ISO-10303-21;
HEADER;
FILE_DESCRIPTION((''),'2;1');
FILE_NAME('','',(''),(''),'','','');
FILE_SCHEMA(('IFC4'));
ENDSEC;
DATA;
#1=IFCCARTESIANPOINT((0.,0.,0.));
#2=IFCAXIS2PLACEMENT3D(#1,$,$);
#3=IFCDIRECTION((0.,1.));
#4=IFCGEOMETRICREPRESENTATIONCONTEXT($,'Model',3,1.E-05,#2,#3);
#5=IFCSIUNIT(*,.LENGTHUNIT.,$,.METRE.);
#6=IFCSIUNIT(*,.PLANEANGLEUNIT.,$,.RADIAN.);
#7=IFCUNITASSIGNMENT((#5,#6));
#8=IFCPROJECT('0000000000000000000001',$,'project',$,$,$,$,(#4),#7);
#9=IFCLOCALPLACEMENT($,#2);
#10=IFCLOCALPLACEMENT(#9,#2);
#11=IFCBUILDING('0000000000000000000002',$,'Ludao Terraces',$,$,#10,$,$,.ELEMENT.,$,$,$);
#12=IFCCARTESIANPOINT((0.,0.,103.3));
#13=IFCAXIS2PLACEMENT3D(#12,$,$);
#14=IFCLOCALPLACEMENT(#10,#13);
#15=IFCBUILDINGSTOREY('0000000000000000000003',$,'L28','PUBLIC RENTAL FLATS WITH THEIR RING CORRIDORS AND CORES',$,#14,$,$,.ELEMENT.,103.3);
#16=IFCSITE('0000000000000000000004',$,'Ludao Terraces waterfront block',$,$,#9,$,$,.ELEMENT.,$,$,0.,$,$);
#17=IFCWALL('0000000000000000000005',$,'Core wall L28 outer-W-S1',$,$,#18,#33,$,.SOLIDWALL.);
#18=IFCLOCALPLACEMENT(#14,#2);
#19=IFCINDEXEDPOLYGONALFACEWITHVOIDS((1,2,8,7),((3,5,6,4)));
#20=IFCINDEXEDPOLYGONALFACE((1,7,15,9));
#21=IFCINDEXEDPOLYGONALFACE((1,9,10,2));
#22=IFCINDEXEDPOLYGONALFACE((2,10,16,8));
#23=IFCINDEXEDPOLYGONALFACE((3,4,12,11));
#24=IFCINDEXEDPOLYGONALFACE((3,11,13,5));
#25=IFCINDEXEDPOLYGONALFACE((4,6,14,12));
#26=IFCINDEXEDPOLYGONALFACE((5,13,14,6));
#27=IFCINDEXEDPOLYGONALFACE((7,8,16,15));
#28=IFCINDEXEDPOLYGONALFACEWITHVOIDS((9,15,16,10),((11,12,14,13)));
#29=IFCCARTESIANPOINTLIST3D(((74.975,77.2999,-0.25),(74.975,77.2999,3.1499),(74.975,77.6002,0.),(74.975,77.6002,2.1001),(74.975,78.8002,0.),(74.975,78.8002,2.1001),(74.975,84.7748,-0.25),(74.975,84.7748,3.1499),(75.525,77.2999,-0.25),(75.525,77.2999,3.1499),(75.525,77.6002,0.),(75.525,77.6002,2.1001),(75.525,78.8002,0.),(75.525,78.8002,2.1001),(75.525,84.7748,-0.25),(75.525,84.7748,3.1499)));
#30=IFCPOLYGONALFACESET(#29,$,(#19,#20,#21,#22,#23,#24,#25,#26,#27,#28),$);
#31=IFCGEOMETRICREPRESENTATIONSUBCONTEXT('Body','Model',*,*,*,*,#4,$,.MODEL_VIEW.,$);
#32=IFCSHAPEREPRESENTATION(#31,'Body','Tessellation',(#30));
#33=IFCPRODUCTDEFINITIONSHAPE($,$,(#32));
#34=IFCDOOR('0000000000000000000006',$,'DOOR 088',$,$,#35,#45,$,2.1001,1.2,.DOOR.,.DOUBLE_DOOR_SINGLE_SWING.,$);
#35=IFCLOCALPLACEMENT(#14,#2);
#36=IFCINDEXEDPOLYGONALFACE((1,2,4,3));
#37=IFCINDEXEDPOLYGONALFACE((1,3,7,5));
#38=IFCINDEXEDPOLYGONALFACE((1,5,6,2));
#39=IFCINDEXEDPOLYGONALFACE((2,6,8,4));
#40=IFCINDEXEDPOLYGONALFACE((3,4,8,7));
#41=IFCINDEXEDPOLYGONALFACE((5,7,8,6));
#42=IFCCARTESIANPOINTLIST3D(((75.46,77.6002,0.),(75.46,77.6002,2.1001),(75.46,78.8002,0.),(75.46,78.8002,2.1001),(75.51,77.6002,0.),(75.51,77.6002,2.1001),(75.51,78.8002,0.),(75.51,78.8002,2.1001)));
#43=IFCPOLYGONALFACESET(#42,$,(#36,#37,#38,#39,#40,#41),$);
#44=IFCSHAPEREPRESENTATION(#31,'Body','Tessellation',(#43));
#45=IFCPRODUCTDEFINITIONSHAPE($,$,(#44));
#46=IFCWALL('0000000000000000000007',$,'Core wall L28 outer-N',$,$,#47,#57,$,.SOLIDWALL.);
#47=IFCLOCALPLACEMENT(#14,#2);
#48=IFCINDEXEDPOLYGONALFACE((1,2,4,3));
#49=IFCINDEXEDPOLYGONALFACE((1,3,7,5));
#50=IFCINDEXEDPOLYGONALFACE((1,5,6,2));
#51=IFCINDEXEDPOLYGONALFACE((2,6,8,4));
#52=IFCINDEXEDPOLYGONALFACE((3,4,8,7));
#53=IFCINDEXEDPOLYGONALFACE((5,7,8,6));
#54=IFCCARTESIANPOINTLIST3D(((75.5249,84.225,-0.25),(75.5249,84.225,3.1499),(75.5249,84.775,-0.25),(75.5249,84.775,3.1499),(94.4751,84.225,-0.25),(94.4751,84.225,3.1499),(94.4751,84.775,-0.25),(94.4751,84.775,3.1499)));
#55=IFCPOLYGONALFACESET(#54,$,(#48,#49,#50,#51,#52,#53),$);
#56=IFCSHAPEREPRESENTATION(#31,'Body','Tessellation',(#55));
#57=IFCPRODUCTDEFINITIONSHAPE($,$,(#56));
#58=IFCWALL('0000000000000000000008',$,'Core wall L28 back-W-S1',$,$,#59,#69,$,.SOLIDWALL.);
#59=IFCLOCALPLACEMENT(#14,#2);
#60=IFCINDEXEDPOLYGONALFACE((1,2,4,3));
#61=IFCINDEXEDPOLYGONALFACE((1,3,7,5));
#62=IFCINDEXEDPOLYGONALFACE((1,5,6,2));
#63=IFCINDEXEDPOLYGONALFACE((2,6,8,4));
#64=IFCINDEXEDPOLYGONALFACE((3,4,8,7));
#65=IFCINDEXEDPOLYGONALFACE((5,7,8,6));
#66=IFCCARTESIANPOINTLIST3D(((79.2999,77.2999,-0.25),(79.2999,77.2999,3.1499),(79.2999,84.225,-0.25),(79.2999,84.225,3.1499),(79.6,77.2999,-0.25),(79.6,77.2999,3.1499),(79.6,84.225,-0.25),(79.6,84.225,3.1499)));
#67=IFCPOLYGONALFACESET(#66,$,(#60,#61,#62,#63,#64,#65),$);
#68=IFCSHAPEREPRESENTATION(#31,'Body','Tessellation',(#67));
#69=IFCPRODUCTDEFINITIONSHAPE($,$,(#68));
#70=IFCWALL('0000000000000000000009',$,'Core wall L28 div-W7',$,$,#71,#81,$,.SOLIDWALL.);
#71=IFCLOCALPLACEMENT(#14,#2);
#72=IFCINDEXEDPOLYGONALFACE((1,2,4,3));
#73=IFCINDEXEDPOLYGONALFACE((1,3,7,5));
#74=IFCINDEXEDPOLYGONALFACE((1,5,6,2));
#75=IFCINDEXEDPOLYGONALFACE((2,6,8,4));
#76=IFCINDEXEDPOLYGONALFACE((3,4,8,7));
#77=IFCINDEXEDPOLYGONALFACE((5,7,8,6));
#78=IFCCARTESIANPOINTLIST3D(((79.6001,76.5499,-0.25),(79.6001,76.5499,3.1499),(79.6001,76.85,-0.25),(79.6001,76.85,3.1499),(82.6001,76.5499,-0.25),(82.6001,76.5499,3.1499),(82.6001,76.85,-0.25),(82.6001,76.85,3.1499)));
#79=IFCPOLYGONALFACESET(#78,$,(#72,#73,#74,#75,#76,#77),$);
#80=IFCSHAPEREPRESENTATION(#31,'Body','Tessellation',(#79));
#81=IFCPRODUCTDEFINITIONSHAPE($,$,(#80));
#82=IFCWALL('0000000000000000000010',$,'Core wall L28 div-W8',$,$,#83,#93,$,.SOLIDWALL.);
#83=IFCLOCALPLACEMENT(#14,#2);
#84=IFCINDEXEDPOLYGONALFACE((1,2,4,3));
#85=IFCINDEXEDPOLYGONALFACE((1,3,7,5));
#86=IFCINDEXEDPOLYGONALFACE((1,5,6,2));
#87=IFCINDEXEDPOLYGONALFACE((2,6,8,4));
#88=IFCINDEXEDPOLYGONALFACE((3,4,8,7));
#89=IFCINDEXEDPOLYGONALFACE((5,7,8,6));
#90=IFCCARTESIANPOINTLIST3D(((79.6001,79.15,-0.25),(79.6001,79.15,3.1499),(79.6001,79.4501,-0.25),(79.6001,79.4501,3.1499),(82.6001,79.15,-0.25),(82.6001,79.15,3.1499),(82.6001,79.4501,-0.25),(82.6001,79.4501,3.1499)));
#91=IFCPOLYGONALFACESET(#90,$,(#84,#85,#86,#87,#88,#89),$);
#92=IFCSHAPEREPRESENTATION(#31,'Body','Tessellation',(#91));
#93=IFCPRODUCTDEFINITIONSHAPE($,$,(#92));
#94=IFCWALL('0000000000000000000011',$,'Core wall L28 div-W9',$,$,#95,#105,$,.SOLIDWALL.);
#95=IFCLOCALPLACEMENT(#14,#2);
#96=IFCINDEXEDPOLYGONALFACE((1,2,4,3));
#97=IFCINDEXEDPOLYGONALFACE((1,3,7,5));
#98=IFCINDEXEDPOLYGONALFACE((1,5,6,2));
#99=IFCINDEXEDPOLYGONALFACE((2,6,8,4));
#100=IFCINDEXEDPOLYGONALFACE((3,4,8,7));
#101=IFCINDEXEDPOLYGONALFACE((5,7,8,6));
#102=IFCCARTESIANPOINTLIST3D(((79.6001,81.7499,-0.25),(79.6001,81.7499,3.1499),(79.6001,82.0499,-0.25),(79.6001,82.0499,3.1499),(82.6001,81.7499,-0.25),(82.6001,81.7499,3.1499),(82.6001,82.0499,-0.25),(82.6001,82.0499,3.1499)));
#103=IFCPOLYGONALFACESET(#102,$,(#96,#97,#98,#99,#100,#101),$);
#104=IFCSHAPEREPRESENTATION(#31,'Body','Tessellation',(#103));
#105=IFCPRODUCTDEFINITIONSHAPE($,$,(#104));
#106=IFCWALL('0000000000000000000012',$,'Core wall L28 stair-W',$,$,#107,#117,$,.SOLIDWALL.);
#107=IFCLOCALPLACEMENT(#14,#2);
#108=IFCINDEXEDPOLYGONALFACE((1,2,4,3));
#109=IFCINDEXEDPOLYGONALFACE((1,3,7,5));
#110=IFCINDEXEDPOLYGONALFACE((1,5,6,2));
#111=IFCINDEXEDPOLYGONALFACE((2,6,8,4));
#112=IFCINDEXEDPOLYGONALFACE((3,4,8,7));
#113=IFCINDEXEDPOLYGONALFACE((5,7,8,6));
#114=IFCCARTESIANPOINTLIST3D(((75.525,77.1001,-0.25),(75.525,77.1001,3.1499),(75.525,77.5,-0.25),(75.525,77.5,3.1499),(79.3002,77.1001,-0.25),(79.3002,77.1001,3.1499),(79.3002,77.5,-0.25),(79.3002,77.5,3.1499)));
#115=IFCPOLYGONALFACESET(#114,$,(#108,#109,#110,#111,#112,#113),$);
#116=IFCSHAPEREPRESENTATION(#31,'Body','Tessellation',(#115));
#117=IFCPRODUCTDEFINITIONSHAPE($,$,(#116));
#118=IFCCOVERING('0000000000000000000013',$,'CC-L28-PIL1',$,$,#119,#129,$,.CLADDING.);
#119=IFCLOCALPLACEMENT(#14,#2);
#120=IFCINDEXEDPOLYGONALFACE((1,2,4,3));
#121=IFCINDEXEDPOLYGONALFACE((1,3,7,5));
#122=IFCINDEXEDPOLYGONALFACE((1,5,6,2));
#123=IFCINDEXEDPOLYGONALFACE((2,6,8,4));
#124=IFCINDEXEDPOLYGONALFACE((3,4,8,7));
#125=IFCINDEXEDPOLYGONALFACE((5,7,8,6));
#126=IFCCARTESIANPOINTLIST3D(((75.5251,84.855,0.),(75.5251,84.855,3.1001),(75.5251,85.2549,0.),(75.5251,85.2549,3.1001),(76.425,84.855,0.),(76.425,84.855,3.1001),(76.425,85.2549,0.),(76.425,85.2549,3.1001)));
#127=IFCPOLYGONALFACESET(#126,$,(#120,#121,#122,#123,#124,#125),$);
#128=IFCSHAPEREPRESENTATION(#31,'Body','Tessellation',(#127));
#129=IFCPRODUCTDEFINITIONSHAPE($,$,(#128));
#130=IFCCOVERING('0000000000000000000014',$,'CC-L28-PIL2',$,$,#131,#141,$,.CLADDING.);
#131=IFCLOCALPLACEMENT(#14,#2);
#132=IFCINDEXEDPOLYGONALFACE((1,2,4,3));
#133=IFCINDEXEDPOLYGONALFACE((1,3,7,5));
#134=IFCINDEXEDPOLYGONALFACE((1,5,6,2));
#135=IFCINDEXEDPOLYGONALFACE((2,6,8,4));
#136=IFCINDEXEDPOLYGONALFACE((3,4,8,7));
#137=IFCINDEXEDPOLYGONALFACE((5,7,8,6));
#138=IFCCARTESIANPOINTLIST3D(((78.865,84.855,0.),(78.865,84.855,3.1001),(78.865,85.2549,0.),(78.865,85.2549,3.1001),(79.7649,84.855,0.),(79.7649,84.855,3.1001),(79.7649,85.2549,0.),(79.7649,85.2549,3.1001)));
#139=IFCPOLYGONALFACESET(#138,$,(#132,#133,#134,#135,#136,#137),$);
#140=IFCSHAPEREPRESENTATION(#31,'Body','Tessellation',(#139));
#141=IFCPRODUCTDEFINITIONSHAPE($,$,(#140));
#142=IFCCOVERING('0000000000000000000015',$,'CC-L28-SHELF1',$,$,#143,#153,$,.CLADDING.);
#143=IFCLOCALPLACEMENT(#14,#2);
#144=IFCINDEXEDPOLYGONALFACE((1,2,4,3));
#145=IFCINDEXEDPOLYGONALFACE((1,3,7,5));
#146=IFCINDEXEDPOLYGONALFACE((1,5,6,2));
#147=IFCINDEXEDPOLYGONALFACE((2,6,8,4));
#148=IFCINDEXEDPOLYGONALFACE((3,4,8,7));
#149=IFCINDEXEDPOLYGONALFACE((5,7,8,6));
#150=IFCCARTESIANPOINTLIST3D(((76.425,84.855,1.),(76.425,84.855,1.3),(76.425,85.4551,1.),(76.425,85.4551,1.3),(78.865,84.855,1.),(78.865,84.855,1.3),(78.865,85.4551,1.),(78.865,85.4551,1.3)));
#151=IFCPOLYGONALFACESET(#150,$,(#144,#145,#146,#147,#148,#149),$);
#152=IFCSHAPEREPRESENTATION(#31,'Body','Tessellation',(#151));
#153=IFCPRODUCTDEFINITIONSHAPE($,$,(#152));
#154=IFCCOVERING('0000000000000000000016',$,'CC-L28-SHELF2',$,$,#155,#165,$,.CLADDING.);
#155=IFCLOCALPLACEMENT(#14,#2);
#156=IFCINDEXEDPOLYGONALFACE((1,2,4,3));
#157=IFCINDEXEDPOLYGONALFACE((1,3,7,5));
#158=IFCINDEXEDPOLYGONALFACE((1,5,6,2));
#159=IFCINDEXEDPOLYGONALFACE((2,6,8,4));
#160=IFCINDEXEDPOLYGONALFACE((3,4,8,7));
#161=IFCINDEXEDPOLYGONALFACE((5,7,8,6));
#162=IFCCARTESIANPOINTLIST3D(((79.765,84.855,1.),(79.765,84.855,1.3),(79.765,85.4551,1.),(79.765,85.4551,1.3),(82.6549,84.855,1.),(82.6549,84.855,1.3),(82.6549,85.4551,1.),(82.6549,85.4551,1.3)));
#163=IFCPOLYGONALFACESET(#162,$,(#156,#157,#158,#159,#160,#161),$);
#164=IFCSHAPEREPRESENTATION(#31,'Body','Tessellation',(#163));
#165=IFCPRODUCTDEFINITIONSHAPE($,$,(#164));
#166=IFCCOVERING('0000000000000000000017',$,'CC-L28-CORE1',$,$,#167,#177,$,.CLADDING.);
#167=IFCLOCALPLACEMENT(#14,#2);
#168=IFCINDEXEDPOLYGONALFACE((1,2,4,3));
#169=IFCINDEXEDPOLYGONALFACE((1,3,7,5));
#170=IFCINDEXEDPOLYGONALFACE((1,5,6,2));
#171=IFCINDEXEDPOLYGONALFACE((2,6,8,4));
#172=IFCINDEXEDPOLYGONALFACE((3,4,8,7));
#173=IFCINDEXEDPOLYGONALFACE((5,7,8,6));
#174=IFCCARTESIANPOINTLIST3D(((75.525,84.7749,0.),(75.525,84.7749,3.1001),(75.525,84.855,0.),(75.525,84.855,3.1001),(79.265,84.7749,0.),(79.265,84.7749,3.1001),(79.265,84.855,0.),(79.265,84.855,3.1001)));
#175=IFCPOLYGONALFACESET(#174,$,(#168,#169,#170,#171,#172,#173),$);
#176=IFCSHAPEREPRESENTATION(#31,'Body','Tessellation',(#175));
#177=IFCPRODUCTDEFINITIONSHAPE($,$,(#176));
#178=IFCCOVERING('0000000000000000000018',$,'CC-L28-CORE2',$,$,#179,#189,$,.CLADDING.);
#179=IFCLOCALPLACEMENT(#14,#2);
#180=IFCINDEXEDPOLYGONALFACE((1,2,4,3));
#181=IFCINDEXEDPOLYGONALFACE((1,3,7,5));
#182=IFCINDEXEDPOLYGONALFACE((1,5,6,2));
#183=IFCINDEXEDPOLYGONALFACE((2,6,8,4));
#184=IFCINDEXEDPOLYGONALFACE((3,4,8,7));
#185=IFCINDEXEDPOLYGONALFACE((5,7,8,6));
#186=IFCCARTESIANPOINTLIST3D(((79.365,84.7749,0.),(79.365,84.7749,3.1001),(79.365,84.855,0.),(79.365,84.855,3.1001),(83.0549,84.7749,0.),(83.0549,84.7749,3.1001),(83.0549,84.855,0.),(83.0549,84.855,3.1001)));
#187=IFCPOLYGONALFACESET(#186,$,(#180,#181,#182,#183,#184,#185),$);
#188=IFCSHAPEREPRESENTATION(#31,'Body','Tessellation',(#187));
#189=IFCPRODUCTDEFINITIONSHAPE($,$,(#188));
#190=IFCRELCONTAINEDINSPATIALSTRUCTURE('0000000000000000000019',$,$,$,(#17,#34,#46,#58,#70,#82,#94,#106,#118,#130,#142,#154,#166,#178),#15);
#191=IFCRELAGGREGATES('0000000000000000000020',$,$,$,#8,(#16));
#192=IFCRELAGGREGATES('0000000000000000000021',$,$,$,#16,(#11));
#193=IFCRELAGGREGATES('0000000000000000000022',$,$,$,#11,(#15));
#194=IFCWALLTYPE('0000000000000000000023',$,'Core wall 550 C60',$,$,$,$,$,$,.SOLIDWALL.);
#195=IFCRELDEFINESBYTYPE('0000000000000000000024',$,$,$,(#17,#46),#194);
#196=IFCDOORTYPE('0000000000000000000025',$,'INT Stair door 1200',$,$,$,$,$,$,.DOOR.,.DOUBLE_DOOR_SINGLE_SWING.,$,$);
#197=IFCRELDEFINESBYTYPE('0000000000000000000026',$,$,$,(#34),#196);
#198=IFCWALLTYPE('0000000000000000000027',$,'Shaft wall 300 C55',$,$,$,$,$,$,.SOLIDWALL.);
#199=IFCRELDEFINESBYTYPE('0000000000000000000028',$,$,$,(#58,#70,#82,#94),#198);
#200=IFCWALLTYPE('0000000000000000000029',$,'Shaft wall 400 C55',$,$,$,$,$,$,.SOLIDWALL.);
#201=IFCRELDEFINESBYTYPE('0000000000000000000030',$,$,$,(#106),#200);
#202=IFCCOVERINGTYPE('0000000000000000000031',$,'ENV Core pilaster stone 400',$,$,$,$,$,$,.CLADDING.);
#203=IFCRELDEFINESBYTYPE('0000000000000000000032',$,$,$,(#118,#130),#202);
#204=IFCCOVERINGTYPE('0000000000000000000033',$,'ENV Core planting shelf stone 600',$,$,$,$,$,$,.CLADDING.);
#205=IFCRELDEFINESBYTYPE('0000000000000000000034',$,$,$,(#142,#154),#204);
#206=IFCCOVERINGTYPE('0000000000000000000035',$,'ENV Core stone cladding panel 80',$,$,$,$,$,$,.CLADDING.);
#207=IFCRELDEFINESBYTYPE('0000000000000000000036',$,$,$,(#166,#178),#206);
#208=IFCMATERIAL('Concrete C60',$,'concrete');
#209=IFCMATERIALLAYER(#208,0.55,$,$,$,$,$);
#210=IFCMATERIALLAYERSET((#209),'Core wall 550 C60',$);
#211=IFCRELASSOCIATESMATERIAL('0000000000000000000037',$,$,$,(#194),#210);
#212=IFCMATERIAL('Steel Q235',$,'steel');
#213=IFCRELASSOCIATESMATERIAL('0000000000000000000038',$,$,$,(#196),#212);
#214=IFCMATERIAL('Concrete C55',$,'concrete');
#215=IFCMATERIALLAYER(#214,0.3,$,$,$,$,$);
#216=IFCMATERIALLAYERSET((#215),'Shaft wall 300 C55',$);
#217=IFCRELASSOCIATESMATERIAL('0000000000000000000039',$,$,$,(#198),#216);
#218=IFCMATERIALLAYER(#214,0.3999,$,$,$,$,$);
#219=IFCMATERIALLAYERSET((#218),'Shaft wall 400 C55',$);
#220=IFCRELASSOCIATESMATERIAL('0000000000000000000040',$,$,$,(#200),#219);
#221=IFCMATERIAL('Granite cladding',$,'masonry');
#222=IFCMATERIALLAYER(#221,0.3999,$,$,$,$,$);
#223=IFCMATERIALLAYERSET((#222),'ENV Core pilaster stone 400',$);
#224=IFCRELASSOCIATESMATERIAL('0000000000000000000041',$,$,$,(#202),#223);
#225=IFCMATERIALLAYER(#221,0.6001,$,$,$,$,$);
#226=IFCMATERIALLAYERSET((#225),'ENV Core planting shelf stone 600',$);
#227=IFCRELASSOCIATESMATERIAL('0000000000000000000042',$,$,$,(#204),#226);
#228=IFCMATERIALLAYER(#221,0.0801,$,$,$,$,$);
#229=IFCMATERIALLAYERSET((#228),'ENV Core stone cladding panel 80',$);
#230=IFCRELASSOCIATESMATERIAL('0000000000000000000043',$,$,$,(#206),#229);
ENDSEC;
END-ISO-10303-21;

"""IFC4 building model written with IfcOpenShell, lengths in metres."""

from ifc_helpers import new_model, si_unit, direction, frame, frame_2d, origin, origin_2d, place, context, subcontext, project, spatial, rectangle, extrude, material, layer, layer_set, type_object, element, fill, save


model = new_model("IFC4")

# Units and contexts
model_context = context("Model", 3, precision=1e-05, world=origin(), true_north=direction((0.0, 1.0)))
body_context = subcontext(model_context, "Body", "Model", "MODEL_VIEW")
ifc_project = project(units=[si_unit("LENGTHUNIT", "METRE"), si_unit("PLANEANGLEUNIT", "RADIAN")], contexts=[model_context])

# Site, building, storey
site_placement = place(None, origin())
site = spatial("IfcSite", under=ifc_project, at=site_placement, Name="Ludao Terraces waterfront block", CompositionType="ELEMENT", RefElevation=0.0)
building_placement = place(site_placement, origin())
building = spatial("IfcBuilding", under=site, at=building_placement, Name="Ludao Terraces", CompositionType="ELEMENT")
storey_placement = place(building_placement, frame((0.0, 0.0, 103.3)))
storey = spatial("IfcBuildingStorey", under=building, at=storey_placement, Name="L28", Description="PUBLIC RENTAL FLATS WITH THEIR RING CORRIDORS AND CORES", CompositionType="ELEMENT", Elevation=103.3)

# Wall, opening, door
ifc_material_1 = material(Name="Concrete C60", Category="concrete")
ifc_layer_1 = layer(ifc_material_1, 0.55)
ifc_layer_set_1 = layer_set([ifc_layer_1], Name="Core wall 550 C60")
wall_type_1 = type_object("IfcWallType", Name="Core wall 550 C60", PredefinedType="SOLIDWALL", material=ifc_layer_set_1)
wall_1_placement = place(storey_placement, frame((75.25, 77.3, -0.25), z_axis=(0.0, 0.0, 1.0), x_axis=(0.0, 1.0, 0.0)))
wall_1 = element("IfcWall", 1, at=wall_1_placement, inside=storey, type_object=wall_type_1, Name="Core wall L28 outer-W-S1", PredefinedType="SOLIDWALL", context=body_context, shape_type="SweptSolid", body=[
    extrude(rectangle(XDim=7.4749, YDim=0.55, at=frame_2d((3.7373, 0.0))), origin(), (0.0, 0.0, 1.0), 3.3999),
])
opening_placement = place(wall_1_placement, frame((0.3, 0.0, 0.25)))
opening = element("IfcOpeningElement", 2, at=opening_placement, cuts=wall_1, PredefinedType="OPENING", context=body_context, shape_type="SweptSolid", body=[
    extrude(rectangle(XDim=1.2, YDim=2.1001, at=frame_2d((0.6001, 1.05))), frame((0.0, 0.2852, 0.0), z_axis=(0.0, -1.0, 0.0), x_axis=(1.0, 0.0, 0.0)), (0.0, 0.0, 1.0), 0.5701),
])
ifc_material_2 = material(Name="Steel Q235", Category="steel")
door_type = type_object("IfcDoorType", Name="INT Stair door 1200", OperationType="DOUBLE_DOOR_SINGLE_SWING", PredefinedType="DOOR", material=ifc_material_2)
door_placement = place(opening_placement, origin())
door = element("IfcDoor", 3, at=door_placement, inside=storey, type_object=door_type, Name="DOOR 088", OperationType="DOUBLE_DOOR_SINGLE_SWING", OverallHeight=2.1001, OverallWidth=1.2, PredefinedType="DOOR", context=body_context, shape_type="SweptSolid", body=[
    extrude(rectangle(XDim=1.2, YDim=2.1001, at=frame_2d((0.6001, 1.05))), frame((0.0, -0.21, 0.0), z_axis=(0.0, -1.0, 0.0), x_axis=(1.0, 0.0, 0.0)), (0.0, 0.0, 1.0), 0.05),
])
fill(opening, door)

# Walls
wall_2_placement = place(storey_placement, frame((75.5249, 84.5, -0.25), z_axis=(0.0, 0.0, 1.0), x_axis=(1.0, 0.0, 0.0)))
element("IfcWall", 4, at=wall_2_placement, inside=storey, type_object=wall_type_1, Name="Core wall L28 outer-N", PredefinedType="SOLIDWALL", context=body_context, shape_type="SweptSolid", body=[
    extrude(rectangle(XDim=18.9502, YDim=0.55, at=frame_2d((9.4751, 0.0))), origin(), (0.0, 0.0, 1.0), 3.3999),
])
ifc_material_3 = material(Name="Concrete C55", Category="concrete")
ifc_layer_2 = layer(ifc_material_3, 0.3)
ifc_layer_set_2 = layer_set([ifc_layer_2], Name="Shaft wall 300 C55")
wall_type_2 = type_object("IfcWallType", Name="Shaft wall 300 C55", PredefinedType="SOLIDWALL", material=ifc_layer_set_2)
wall_3_placement = place(storey_placement, frame((79.45, 77.3, -0.25), z_axis=(0.0, 0.0, 1.0), x_axis=(0.0, 1.0, 0.0)))
element("IfcWall", 5, at=wall_3_placement, inside=storey, type_object=wall_type_2, Name="Core wall L28 back-W-S1", PredefinedType="SOLIDWALL", context=body_context, shape_type="SweptSolid", body=[
    extrude(rectangle(XDim=6.925, YDim=0.3, at=frame_2d((3.4624, 0.0))), origin(), (0.0, 0.0, 1.0), 3.3999),
])
for number, where, z_axis, x_axis, name in (
    (6, (79.6001, 76.7, -0.25), (0.0, 0.0, 1.0), (1.0, 0.0, 0.0), "Core wall L28 div-W7"),
    (7, (79.6001, 79.3, -0.25), (0.0, 0.0, 1.0), (1.0, 0.0, 0.0), "Core wall L28 div-W8"),
    (8, (79.6001, 81.8999, -0.25), (0.0, 0.0, 1.0), (1.0, 0.0, 0.0), "Core wall L28 div-W9"),
):
    element("IfcWall", number, at=place(storey_placement, frame(where, z_axis=z_axis, x_axis=x_axis)), inside=storey, type_object=wall_type_2, Name=name, PredefinedType="SOLIDWALL", context=body_context, shape_type="SweptSolid", body=[
        extrude(rectangle(XDim=3.0, YDim=0.3, at=frame_2d((1.5, 0.0))), origin(), (0.0, 0.0, 1.0), 3.3999),
    ])
ifc_layer_3 = layer(ifc_material_3, 0.3999)
ifc_layer_set_3 = layer_set([ifc_layer_3], Name="Shaft wall 400 C55")
wall_type_3 = type_object("IfcWallType", Name="Shaft wall 400 C55", PredefinedType="SOLIDWALL", material=ifc_layer_set_3)
wall_4_placement = place(storey_placement, frame((75.5249, 77.3, -0.25), z_axis=(0.0, 0.0, 1.0), x_axis=(1.0, 0.0, 0.0)))
element("IfcWall", 9, at=wall_4_placement, inside=storey, type_object=wall_type_3, Name="Core wall L28 stair-W", PredefinedType="SOLIDWALL", context=body_context, shape_type="SweptSolid", body=[
    extrude(rectangle(XDim=3.7751, YDim=0.3999, at=frame_2d((1.8877, 0.0))), origin(), (0.0, 0.0, 1.0), 3.3999),
])

# Coverings
ifc_material_4 = material(Name="Granite cladding", Category="masonry")
ifc_layer_4 = layer(ifc_material_4, 0.3999)
ifc_layer_set_4 = layer_set([ifc_layer_4], Name="ENV Core pilaster stone 400")
covering_type_1 = type_object("IfcCoveringType", Name="ENV Core pilaster stone 400", PredefinedType="CLADDING", material=ifc_layer_set_4)
for number, where, z_axis, x_axis, name in (
    (10, (75.9751, 85.0549, 0.0), (0.0, 0.0, 1.0), (1.0, 0.0, 0.0), "CC-L28-PIL1"),
    (11, (79.3149, 85.0549, 0.0), (0.0, 0.0, 1.0), (1.0, 0.0, 0.0), "CC-L28-PIL2"),
):
    element("IfcCovering", number, at=place(storey_placement, frame(where, z_axis=z_axis, x_axis=x_axis)), inside=storey, type_object=covering_type_1, Name=name, PredefinedType="CLADDING", context=body_context, shape_type="SweptSolid", body=[
        extrude(rectangle(XDim=0.8999, YDim=0.3999, at=origin_2d()), origin(), (0.0, 0.0, 1.0), 3.1001),
    ])
ifc_layer_5 = layer(ifc_material_4, 0.6001)
ifc_layer_set_5 = layer_set([ifc_layer_5], Name="ENV Core planting shelf stone 600")
covering_type_2 = type_object("IfcCoveringType", Name="ENV Core planting shelf stone 600", PredefinedType="CLADDING", material=ifc_layer_set_5)
covering_1_placement = place(storey_placement, frame((77.645, 85.155, 1.0), z_axis=(0.0, 0.0, 1.0), x_axis=(1.0, 0.0, 0.0)))
element("IfcCovering", 12, at=covering_1_placement, inside=storey, type_object=covering_type_2, Name="CC-L28-SHELF1", PredefinedType="CLADDING", context=body_context, shape_type="SweptSolid", body=[
    extrude(rectangle(XDim=2.4399, YDim=0.6001, at=origin_2d()), origin(), (0.0, 0.0, 1.0), 0.3),
])
covering_2_placement = place(storey_placement, frame((81.21, 85.155, 1.0), z_axis=(0.0, 0.0, 1.0), x_axis=(1.0, 0.0, 0.0)))
element("IfcCovering", 13, at=covering_2_placement, inside=storey, type_object=covering_type_2, Name="CC-L28-SHELF2", PredefinedType="CLADDING", context=body_context, shape_type="SweptSolid", body=[
    extrude(rectangle(XDim=2.8899, YDim=0.6001, at=origin_2d()), origin(), (0.0, 0.0, 1.0), 0.3),
])
ifc_layer_6 = layer(ifc_material_4, 0.0801)
ifc_layer_set_6 = layer_set([ifc_layer_6], Name="ENV Core stone cladding panel 80")
covering_type_3 = type_object("IfcCoveringType", Name="ENV Core stone cladding panel 80", PredefinedType="CLADDING", material=ifc_layer_set_6)
covering_3_placement = place(storey_placement, frame((77.395, 84.8149, 0.0), z_axis=(0.0, 0.0, 1.0), x_axis=(1.0, 0.0, 0.0)))
element("IfcCovering", 14, at=covering_3_placement, inside=storey, type_object=covering_type_3, Name="CC-L28-CORE1", PredefinedType="CLADDING", context=body_context, shape_type="SweptSolid", body=[
    extrude(rectangle(XDim=3.74, YDim=0.0801, at=origin_2d()), origin(), (0.0, 0.0, 1.0), 3.1001),
])
covering_4_placement = place(storey_placement, frame((81.21, 84.8149, 0.0), z_axis=(0.0, 0.0, 1.0), x_axis=(1.0, 0.0, 0.0)))
element("IfcCovering", 15, at=covering_4_placement, inside=storey, type_object=covering_type_3, Name="CC-L28-CORE2", PredefinedType="CLADDING", context=body_context, shape_type="SweptSolid", body=[
    extrude(rectangle(XDim=3.6899, YDim=0.0801, at=origin_2d()), origin(), (0.0, 0.0, 1.0), 3.1001),
])

save(model, "model.ifc")
